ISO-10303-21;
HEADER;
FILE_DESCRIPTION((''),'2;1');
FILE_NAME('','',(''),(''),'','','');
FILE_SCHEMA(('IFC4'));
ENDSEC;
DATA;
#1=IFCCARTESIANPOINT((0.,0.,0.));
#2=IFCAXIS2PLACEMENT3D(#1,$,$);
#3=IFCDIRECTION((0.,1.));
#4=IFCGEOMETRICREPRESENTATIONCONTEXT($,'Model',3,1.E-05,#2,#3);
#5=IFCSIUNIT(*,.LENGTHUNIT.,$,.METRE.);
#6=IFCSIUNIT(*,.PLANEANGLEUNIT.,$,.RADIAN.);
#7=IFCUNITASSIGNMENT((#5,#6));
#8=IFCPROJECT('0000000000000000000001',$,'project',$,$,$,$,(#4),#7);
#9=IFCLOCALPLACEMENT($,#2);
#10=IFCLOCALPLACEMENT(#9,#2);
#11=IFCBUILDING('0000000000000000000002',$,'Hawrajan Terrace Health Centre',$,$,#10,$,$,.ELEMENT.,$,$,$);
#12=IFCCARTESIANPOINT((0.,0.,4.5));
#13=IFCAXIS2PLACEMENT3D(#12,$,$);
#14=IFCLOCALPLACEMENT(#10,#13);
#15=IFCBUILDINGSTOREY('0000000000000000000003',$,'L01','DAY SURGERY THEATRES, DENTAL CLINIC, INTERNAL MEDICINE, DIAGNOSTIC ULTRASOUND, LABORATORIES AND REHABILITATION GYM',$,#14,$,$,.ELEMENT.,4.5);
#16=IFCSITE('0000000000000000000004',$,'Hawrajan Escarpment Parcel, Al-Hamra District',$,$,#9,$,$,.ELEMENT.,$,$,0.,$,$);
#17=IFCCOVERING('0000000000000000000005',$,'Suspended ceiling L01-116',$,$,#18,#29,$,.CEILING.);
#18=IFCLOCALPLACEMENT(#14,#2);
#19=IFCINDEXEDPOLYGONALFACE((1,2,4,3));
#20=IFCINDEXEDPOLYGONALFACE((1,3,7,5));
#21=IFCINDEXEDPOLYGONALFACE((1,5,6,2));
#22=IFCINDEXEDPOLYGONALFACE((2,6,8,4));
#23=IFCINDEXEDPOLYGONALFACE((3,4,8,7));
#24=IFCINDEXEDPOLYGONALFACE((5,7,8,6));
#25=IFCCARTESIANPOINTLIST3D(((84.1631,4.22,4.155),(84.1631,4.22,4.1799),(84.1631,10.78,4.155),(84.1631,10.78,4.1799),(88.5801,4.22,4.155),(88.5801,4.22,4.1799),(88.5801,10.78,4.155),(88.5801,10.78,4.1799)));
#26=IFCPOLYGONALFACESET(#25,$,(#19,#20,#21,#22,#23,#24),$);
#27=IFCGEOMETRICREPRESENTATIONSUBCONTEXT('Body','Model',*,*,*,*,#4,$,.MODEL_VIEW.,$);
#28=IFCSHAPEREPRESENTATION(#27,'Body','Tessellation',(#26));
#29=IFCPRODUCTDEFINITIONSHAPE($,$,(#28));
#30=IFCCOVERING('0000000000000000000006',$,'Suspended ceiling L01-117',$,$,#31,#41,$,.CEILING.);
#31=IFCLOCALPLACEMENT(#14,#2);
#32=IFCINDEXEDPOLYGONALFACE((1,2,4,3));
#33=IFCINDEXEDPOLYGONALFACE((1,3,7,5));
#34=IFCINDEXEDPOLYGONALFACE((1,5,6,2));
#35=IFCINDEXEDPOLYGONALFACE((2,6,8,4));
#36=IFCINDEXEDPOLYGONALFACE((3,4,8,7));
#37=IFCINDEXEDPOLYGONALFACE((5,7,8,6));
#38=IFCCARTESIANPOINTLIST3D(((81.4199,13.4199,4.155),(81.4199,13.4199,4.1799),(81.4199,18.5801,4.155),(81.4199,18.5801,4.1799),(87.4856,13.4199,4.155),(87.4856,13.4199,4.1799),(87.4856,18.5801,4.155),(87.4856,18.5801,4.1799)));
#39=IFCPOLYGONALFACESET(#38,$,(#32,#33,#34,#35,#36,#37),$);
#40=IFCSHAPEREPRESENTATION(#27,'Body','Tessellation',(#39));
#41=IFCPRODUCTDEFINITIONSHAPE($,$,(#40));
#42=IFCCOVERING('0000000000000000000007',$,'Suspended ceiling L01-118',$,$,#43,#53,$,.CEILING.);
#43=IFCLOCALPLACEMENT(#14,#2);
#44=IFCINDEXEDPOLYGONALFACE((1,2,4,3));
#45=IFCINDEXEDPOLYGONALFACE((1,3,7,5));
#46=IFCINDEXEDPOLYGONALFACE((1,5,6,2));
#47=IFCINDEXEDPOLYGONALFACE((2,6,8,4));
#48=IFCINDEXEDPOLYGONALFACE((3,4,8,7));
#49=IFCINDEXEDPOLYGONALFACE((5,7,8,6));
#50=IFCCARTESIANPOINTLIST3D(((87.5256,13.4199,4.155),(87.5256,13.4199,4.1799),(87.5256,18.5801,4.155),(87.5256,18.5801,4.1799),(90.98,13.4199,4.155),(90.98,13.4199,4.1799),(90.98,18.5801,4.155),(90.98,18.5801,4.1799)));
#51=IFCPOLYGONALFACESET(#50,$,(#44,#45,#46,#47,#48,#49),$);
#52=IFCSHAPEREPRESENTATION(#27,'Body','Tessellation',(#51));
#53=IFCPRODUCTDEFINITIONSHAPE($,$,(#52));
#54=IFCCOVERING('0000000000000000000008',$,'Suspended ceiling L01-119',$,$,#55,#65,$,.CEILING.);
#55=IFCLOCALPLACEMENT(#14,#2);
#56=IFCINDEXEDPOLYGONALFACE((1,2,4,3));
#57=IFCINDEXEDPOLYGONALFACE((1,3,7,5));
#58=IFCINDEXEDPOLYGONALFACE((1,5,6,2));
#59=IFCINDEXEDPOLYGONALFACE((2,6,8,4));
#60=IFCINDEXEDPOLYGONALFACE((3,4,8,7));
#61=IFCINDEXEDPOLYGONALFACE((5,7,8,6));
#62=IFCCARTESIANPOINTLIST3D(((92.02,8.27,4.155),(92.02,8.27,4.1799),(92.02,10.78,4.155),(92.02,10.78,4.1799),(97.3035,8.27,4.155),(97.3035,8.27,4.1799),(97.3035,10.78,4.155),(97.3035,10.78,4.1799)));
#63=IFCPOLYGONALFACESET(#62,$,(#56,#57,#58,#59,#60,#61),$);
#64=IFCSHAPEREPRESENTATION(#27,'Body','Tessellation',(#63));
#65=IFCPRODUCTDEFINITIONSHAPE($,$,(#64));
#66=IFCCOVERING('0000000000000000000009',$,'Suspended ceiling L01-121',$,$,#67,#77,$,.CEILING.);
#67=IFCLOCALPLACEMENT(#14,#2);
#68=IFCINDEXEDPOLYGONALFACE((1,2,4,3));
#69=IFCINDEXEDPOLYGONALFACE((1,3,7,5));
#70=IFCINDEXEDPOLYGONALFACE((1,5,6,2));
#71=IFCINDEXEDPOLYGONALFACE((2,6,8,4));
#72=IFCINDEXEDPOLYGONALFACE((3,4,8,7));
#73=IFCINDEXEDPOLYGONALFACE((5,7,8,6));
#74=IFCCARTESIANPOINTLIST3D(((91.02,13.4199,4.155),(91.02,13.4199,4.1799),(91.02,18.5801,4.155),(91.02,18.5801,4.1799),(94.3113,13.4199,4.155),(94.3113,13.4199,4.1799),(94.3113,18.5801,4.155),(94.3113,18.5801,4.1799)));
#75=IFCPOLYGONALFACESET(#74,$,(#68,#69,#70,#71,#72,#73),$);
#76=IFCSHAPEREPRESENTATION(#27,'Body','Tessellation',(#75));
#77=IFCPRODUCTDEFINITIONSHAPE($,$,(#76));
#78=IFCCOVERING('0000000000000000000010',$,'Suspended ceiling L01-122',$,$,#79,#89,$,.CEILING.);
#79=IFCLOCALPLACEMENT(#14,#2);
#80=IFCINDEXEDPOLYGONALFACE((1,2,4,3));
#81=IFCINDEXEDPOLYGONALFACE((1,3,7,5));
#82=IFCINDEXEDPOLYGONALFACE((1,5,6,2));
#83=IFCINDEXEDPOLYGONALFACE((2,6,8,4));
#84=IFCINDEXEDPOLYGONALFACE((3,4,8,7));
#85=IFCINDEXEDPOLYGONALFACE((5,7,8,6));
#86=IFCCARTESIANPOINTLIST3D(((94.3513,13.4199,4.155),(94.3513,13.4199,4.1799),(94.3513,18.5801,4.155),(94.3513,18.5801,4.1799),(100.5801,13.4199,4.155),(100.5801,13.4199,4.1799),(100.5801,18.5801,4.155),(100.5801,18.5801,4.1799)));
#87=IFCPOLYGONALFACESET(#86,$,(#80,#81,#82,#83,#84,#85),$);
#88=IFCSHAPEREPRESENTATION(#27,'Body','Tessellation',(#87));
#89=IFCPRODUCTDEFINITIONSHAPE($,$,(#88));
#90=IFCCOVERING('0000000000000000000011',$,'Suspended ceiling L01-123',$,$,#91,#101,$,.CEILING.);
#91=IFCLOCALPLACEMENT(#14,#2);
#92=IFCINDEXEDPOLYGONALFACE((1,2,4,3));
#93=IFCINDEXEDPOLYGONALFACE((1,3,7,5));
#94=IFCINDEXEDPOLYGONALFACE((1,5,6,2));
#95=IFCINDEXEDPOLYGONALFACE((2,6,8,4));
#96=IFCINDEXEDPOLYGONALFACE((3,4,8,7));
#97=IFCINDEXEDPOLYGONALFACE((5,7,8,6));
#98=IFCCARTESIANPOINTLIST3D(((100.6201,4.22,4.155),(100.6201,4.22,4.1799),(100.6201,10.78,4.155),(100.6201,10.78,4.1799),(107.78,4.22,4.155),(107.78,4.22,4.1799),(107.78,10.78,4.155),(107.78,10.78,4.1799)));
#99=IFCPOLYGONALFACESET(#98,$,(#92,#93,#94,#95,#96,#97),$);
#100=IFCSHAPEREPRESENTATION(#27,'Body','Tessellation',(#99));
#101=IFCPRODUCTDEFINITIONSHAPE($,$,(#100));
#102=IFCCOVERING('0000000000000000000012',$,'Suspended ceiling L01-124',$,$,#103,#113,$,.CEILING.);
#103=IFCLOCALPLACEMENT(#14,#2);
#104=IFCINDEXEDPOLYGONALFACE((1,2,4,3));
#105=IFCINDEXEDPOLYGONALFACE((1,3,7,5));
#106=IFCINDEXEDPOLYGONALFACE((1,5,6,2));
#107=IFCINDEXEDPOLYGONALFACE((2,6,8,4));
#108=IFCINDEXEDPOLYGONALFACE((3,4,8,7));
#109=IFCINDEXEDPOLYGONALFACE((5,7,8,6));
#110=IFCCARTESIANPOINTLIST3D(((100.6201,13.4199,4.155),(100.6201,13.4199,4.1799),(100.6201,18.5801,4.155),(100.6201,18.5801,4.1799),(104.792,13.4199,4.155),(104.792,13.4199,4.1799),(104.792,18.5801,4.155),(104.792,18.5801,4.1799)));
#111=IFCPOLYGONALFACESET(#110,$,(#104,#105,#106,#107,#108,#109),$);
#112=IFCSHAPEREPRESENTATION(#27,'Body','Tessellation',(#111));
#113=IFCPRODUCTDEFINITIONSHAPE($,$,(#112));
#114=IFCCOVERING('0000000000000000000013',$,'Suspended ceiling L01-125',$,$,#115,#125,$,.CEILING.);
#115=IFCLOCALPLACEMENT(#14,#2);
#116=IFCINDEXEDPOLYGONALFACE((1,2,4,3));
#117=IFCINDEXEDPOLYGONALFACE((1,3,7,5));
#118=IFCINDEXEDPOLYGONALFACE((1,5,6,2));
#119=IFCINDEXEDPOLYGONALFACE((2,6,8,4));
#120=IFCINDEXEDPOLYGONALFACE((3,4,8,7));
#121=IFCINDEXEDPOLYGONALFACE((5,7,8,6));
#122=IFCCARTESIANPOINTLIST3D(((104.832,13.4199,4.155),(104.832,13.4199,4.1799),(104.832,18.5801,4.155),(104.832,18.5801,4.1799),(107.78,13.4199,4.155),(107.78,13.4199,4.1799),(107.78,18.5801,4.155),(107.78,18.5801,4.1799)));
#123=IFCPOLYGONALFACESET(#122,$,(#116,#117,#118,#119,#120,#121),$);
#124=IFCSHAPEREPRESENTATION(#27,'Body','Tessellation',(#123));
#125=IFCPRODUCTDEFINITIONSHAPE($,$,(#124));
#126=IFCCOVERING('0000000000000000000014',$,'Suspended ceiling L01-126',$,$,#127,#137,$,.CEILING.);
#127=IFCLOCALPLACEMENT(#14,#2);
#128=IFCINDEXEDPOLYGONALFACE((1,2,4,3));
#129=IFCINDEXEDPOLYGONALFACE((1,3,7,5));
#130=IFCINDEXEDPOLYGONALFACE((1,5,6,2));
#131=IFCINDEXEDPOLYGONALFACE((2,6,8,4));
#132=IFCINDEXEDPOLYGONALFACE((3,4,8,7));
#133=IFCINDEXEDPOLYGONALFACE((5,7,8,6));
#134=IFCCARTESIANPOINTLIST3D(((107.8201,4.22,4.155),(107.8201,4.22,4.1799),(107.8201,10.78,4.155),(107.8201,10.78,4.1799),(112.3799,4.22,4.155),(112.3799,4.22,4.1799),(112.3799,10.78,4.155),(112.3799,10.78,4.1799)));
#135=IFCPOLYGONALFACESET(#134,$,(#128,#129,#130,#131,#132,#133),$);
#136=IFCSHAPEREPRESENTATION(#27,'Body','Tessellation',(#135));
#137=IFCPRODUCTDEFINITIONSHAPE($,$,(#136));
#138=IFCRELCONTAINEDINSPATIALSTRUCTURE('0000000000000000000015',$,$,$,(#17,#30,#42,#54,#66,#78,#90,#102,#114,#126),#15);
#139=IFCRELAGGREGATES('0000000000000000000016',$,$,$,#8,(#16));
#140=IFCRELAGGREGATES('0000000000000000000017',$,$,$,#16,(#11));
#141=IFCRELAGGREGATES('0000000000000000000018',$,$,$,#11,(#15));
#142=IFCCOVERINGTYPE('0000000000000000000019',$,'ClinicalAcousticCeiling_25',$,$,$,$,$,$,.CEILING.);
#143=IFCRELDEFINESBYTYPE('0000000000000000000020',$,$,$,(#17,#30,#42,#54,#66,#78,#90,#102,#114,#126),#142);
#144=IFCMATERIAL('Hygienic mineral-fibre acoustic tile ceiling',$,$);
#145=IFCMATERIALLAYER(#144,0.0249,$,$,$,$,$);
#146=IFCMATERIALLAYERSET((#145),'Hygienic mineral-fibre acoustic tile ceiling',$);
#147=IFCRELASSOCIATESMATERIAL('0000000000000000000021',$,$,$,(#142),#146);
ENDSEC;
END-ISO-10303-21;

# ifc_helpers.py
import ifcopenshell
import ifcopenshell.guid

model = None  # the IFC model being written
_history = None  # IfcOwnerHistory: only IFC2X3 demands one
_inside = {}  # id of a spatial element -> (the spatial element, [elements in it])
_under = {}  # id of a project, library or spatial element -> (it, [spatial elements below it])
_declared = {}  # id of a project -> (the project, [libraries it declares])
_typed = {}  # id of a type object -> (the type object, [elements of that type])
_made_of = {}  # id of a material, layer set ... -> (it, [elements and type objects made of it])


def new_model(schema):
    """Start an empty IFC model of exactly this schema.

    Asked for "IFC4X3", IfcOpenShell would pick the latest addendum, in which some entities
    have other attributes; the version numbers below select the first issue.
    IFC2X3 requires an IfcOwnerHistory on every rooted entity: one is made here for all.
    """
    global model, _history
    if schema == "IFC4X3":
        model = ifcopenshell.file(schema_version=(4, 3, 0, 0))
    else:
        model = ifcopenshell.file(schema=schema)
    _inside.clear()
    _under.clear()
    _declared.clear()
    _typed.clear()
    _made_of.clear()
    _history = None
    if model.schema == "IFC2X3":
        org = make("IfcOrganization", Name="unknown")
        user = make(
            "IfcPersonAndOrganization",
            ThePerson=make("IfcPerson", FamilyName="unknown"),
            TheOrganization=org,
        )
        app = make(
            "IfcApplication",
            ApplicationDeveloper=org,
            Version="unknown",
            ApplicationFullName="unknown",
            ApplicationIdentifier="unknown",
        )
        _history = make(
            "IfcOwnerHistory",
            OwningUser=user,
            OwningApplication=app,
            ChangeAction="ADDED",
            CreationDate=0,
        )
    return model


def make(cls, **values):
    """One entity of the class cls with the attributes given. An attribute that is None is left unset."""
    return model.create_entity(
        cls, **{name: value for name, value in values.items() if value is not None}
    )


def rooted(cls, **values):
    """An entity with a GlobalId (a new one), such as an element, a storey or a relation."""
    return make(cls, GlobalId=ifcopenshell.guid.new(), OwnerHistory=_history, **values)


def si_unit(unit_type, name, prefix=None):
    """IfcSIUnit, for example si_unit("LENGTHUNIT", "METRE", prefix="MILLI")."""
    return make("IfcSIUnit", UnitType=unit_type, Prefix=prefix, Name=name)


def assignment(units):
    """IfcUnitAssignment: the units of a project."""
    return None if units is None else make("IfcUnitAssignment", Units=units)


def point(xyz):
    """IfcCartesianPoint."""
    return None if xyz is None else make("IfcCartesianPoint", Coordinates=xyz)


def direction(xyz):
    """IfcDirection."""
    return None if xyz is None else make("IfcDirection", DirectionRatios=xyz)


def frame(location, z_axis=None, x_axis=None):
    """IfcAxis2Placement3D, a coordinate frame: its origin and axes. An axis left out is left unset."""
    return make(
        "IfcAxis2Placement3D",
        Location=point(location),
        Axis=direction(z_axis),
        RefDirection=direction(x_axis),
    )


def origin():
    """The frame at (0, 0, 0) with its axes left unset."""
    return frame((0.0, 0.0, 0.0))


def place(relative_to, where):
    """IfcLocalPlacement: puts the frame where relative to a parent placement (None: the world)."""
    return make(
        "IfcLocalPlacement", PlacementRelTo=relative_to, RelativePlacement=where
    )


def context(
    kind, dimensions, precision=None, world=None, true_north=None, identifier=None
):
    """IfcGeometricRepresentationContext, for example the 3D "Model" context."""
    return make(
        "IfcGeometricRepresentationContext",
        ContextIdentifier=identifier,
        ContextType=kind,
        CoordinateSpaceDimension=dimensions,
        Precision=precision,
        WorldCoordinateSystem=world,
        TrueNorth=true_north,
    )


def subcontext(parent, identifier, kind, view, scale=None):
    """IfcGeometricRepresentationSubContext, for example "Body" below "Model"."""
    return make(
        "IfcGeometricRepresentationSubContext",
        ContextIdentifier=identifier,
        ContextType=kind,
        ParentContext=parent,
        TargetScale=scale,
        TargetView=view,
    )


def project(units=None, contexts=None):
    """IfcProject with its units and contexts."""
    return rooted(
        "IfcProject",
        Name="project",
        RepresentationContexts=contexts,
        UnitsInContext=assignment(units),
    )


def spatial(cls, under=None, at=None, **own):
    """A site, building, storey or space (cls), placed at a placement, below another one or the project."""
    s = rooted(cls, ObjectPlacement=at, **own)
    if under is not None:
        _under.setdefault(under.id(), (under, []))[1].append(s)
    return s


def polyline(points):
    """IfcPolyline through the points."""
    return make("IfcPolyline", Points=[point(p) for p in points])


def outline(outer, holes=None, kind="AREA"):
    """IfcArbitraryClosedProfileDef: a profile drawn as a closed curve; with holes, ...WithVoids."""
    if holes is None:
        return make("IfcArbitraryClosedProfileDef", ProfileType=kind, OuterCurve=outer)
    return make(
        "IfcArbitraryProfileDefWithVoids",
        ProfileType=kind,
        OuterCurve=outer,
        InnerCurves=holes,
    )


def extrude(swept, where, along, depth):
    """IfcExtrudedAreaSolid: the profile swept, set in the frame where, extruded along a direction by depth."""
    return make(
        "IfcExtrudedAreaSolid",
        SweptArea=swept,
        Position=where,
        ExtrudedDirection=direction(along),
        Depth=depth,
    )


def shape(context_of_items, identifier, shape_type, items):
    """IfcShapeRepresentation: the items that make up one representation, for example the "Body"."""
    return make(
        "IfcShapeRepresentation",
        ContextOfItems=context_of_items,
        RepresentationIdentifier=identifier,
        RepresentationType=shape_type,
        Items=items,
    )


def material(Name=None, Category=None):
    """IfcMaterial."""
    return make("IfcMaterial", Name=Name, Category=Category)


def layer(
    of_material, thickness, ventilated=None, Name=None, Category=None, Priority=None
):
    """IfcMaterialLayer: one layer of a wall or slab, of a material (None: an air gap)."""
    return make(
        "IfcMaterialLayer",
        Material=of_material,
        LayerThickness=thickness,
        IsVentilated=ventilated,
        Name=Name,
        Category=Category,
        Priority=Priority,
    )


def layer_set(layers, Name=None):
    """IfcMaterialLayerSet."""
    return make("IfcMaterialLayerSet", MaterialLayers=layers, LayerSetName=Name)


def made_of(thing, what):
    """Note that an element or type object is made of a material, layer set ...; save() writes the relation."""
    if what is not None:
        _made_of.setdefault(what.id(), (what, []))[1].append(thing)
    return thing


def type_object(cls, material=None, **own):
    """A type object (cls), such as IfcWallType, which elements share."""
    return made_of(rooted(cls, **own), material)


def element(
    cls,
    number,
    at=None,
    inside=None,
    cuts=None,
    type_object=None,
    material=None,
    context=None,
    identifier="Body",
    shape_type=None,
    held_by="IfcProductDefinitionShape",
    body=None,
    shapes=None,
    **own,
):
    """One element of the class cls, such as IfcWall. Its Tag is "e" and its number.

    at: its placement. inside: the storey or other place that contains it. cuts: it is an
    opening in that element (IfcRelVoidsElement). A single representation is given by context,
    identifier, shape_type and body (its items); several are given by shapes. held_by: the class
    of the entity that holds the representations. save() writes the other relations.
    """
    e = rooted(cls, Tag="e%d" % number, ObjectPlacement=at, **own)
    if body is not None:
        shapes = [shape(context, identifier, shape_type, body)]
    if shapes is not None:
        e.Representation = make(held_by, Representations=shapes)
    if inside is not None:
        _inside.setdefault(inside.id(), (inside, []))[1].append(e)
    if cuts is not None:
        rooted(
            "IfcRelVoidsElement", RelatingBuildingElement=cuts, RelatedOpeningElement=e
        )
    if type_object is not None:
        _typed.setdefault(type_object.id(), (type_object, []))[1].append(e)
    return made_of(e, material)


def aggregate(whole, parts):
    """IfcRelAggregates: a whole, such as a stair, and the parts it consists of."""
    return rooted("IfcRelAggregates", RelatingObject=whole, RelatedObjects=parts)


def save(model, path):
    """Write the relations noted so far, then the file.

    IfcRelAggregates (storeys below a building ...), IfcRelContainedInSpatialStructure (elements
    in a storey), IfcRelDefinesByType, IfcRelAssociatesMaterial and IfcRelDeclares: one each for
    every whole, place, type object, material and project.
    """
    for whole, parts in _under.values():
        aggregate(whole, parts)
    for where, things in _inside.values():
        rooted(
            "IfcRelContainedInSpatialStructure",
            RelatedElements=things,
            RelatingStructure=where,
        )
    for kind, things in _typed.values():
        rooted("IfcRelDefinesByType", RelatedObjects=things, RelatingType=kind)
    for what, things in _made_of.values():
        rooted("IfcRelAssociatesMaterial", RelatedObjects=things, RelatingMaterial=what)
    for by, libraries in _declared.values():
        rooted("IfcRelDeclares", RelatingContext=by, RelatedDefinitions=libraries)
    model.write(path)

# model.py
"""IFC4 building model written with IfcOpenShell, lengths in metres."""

from ifc_helpers import new_model, si_unit, direction, frame, origin, place, context, subcontext, project, spatial, polyline, outline, extrude, material, layer, layer_set, type_object, element, save


model = new_model("IFC4")

# Units and contexts
model_context = context("Model", 3, precision=1e-05, world=origin(), true_north=direction((0.0, 1.0)))
body_context = subcontext(model_context, "Body", "Model", "MODEL_VIEW")
ifc_project = project(units=[si_unit("LENGTHUNIT", "METRE"), si_unit("PLANEANGLEUNIT", "RADIAN")], contexts=[model_context])

# Site, building, storey
site_placement = place(None, origin())
site = spatial("IfcSite", under=ifc_project, at=site_placement, Name="Hawrajan Escarpment Parcel, Al-Hamra District", CompositionType="ELEMENT", RefElevation=0.0)
building_placement = place(site_placement, origin())
building = spatial("IfcBuilding", under=site, at=building_placement, Name="Hawrajan Terrace Health Centre", CompositionType="ELEMENT")
storey_placement = place(building_placement, frame((0.0, 0.0, 4.5)))
storey = spatial("IfcBuildingStorey", under=building, at=storey_placement, Name="L01", Description="DAY SURGERY THEATRES, DENTAL CLINIC, INTERNAL MEDICINE, DIAGNOSTIC ULTRASOUND, LABORATORIES AND REHABILITATION GYM", CompositionType="ELEMENT", Elevation=4.5)

# Coverings
ifc_material = material(Name="Hygienic mineral-fibre acoustic tile ceiling")
ifc_layer = layer(ifc_material, 0.0249)
ifc_layer_set = layer_set([ifc_layer], Name="Hygienic mineral-fibre acoustic tile ceiling")
covering_type = type_object("IfcCoveringType", Name="ClinicalAcousticCeiling_25", PredefinedType="CEILING", material=ifc_layer_set)
covering_1_placement = place(storey_placement, frame((0.0, 0.0, 4.155)))
element("IfcCovering", 1, at=covering_1_placement, inside=storey, type_object=covering_type, Name="Suspended ceiling L01-116", PredefinedType="CEILING", context=body_context, shape_type="SweptSolid", body=[
    extrude(outline(polyline([(84.1631, 10.78), (88.5801, 10.78), (88.5801, 4.22), (84.1631, 4.22), (84.1631, 10.78)])), origin(), (0.0, 0.0, 1.0), 0.0249),
])
covering_2_placement = place(storey_placement, frame((0.0, 0.0, 4.155)))
element("IfcCovering", 2, at=covering_2_placement, inside=storey, type_object=covering_type, Name="Suspended ceiling L01-117", PredefinedType="CEILING", context=body_context, shape_type="SweptSolid", body=[
    extrude(outline(polyline([(81.4199, 18.5801), (87.4856, 18.5801), (87.4856, 13.4199), (81.4199, 13.4199), (81.4199, 18.5801)])), origin(), (0.0, 0.0, 1.0), 0.0249),
])
covering_3_placement = place(storey_placement, frame((0.0, 0.0, 4.155)))
element("IfcCovering", 3, at=covering_3_placement, inside=storey, type_object=covering_type, Name="Suspended ceiling L01-118", PredefinedType="CEILING", context=body_context, shape_type="SweptSolid", body=[
    extrude(outline(polyline([(87.5256, 18.5801), (90.98, 18.5801), (90.98, 13.4199), (87.5256, 13.4199), (87.5256, 18.5801)])), origin(), (0.0, 0.0, 1.0), 0.0249),
])
covering_4_placement = place(storey_placement, frame((0.0, 0.0, 4.155)))
element("IfcCovering", 4, at=covering_4_placement, inside=storey, type_object=covering_type, Name="Suspended ceiling L01-119", PredefinedType="CEILING", context=body_context, shape_type="SweptSolid", body=[
    extrude(outline(polyline([(92.02, 10.78), (97.3035, 10.78), (97.3035, 8.27), (92.02, 8.27), (92.02, 10.78)])), origin(), (0.0, 0.0, 1.0), 0.0249),
])
covering_5_placement = place(storey_placement, frame((0.0, 0.0, 4.155)))
element("IfcCovering", 5, at=covering_5_placement, inside=storey, type_object=covering_type, Name="Suspended ceiling L01-121", PredefinedType="CEILING", context=body_context, shape_type="SweptSolid", body=[
    extrude(outline(polyline([(91.02, 18.5801), (94.3113, 18.5801), (94.3113, 13.4199), (91.02, 13.4199), (91.02, 18.5801)])), origin(), (0.0, 0.0, 1.0), 0.0249),
])
covering_6_placement = place(storey_placement, frame((0.0, 0.0, 4.155)))
element("IfcCovering", 6, at=covering_6_placement, inside=storey, type_object=covering_type, Name="Suspended ceiling L01-122", PredefinedType="CEILING", context=body_context, shape_type="SweptSolid", body=[
    extrude(outline(polyline([(94.3513, 18.5801), (100.5801, 18.5801), (100.5801, 13.4199), (94.3513, 13.4199), (94.3513, 18.5801)])), origin(), (0.0, 0.0, 1.0), 0.0249),
])
covering_7_placement = place(storey_placement, frame((0.0, 0.0, 4.155)))
element("IfcCovering", 7, at=covering_7_placement, inside=storey, type_object=covering_type, Name="Suspended ceiling L01-123", PredefinedType="CEILING", context=body_context, shape_type="SweptSolid", body=[
    extrude(outline(polyline([(100.6201, 10.78), (107.78, 10.78), (107.78, 4.22), (100.6201, 4.22), (100.6201, 10.78)])), origin(), (0.0, 0.0, 1.0), 0.0249),
])
covering_8_placement = place(storey_placement, frame((0.0, 0.0, 4.155)))
element("IfcCovering", 8, at=covering_8_placement, inside=storey, type_object=covering_type, Name="Suspended ceiling L01-124", PredefinedType="CEILING", context=body_context, shape_type="SweptSolid", body=[
    extrude(outline(polyline([(100.6201, 18.5801), (104.792, 18.5801), (104.792, 13.4199), (100.6201, 13.4199), (100.6201, 18.5801)])), origin(), (0.0, 0.0, 1.0), 0.0249),
])
covering_9_placement = place(storey_placement, frame((0.0, 0.0, 4.155)))
element("IfcCovering", 9, at=covering_9_placement, inside=storey, type_object=covering_type, Name="Suspended ceiling L01-125", PredefinedType="CEILING", context=body_context, shape_type="SweptSolid", body=[
    extrude(outline(polyline([(104.832, 18.5801), (107.78, 18.5801), (107.78, 13.4199), (104.832, 13.4199), (104.832, 18.5801)])), origin(), (0.0, 0.0, 1.0), 0.0249),
])
covering_10_placement = place(storey_placement, frame((0.0, 0.0, 4.155)))
element("IfcCovering", 10, at=covering_10_placement, inside=storey, type_object=covering_type, Name="Suspended ceiling L01-126", PredefinedType="CEILING", context=body_context, shape_type="SweptSolid", body=[
    extrude(outline(polyline([(107.8201, 10.78), (112.3799, 10.78), (112.3799, 4.22), (107.8201, 4.22), (107.8201, 10.78)])), origin(), (0.0, 0.0, 1.0), 0.0249),
])

save(model, "model.ifc")
